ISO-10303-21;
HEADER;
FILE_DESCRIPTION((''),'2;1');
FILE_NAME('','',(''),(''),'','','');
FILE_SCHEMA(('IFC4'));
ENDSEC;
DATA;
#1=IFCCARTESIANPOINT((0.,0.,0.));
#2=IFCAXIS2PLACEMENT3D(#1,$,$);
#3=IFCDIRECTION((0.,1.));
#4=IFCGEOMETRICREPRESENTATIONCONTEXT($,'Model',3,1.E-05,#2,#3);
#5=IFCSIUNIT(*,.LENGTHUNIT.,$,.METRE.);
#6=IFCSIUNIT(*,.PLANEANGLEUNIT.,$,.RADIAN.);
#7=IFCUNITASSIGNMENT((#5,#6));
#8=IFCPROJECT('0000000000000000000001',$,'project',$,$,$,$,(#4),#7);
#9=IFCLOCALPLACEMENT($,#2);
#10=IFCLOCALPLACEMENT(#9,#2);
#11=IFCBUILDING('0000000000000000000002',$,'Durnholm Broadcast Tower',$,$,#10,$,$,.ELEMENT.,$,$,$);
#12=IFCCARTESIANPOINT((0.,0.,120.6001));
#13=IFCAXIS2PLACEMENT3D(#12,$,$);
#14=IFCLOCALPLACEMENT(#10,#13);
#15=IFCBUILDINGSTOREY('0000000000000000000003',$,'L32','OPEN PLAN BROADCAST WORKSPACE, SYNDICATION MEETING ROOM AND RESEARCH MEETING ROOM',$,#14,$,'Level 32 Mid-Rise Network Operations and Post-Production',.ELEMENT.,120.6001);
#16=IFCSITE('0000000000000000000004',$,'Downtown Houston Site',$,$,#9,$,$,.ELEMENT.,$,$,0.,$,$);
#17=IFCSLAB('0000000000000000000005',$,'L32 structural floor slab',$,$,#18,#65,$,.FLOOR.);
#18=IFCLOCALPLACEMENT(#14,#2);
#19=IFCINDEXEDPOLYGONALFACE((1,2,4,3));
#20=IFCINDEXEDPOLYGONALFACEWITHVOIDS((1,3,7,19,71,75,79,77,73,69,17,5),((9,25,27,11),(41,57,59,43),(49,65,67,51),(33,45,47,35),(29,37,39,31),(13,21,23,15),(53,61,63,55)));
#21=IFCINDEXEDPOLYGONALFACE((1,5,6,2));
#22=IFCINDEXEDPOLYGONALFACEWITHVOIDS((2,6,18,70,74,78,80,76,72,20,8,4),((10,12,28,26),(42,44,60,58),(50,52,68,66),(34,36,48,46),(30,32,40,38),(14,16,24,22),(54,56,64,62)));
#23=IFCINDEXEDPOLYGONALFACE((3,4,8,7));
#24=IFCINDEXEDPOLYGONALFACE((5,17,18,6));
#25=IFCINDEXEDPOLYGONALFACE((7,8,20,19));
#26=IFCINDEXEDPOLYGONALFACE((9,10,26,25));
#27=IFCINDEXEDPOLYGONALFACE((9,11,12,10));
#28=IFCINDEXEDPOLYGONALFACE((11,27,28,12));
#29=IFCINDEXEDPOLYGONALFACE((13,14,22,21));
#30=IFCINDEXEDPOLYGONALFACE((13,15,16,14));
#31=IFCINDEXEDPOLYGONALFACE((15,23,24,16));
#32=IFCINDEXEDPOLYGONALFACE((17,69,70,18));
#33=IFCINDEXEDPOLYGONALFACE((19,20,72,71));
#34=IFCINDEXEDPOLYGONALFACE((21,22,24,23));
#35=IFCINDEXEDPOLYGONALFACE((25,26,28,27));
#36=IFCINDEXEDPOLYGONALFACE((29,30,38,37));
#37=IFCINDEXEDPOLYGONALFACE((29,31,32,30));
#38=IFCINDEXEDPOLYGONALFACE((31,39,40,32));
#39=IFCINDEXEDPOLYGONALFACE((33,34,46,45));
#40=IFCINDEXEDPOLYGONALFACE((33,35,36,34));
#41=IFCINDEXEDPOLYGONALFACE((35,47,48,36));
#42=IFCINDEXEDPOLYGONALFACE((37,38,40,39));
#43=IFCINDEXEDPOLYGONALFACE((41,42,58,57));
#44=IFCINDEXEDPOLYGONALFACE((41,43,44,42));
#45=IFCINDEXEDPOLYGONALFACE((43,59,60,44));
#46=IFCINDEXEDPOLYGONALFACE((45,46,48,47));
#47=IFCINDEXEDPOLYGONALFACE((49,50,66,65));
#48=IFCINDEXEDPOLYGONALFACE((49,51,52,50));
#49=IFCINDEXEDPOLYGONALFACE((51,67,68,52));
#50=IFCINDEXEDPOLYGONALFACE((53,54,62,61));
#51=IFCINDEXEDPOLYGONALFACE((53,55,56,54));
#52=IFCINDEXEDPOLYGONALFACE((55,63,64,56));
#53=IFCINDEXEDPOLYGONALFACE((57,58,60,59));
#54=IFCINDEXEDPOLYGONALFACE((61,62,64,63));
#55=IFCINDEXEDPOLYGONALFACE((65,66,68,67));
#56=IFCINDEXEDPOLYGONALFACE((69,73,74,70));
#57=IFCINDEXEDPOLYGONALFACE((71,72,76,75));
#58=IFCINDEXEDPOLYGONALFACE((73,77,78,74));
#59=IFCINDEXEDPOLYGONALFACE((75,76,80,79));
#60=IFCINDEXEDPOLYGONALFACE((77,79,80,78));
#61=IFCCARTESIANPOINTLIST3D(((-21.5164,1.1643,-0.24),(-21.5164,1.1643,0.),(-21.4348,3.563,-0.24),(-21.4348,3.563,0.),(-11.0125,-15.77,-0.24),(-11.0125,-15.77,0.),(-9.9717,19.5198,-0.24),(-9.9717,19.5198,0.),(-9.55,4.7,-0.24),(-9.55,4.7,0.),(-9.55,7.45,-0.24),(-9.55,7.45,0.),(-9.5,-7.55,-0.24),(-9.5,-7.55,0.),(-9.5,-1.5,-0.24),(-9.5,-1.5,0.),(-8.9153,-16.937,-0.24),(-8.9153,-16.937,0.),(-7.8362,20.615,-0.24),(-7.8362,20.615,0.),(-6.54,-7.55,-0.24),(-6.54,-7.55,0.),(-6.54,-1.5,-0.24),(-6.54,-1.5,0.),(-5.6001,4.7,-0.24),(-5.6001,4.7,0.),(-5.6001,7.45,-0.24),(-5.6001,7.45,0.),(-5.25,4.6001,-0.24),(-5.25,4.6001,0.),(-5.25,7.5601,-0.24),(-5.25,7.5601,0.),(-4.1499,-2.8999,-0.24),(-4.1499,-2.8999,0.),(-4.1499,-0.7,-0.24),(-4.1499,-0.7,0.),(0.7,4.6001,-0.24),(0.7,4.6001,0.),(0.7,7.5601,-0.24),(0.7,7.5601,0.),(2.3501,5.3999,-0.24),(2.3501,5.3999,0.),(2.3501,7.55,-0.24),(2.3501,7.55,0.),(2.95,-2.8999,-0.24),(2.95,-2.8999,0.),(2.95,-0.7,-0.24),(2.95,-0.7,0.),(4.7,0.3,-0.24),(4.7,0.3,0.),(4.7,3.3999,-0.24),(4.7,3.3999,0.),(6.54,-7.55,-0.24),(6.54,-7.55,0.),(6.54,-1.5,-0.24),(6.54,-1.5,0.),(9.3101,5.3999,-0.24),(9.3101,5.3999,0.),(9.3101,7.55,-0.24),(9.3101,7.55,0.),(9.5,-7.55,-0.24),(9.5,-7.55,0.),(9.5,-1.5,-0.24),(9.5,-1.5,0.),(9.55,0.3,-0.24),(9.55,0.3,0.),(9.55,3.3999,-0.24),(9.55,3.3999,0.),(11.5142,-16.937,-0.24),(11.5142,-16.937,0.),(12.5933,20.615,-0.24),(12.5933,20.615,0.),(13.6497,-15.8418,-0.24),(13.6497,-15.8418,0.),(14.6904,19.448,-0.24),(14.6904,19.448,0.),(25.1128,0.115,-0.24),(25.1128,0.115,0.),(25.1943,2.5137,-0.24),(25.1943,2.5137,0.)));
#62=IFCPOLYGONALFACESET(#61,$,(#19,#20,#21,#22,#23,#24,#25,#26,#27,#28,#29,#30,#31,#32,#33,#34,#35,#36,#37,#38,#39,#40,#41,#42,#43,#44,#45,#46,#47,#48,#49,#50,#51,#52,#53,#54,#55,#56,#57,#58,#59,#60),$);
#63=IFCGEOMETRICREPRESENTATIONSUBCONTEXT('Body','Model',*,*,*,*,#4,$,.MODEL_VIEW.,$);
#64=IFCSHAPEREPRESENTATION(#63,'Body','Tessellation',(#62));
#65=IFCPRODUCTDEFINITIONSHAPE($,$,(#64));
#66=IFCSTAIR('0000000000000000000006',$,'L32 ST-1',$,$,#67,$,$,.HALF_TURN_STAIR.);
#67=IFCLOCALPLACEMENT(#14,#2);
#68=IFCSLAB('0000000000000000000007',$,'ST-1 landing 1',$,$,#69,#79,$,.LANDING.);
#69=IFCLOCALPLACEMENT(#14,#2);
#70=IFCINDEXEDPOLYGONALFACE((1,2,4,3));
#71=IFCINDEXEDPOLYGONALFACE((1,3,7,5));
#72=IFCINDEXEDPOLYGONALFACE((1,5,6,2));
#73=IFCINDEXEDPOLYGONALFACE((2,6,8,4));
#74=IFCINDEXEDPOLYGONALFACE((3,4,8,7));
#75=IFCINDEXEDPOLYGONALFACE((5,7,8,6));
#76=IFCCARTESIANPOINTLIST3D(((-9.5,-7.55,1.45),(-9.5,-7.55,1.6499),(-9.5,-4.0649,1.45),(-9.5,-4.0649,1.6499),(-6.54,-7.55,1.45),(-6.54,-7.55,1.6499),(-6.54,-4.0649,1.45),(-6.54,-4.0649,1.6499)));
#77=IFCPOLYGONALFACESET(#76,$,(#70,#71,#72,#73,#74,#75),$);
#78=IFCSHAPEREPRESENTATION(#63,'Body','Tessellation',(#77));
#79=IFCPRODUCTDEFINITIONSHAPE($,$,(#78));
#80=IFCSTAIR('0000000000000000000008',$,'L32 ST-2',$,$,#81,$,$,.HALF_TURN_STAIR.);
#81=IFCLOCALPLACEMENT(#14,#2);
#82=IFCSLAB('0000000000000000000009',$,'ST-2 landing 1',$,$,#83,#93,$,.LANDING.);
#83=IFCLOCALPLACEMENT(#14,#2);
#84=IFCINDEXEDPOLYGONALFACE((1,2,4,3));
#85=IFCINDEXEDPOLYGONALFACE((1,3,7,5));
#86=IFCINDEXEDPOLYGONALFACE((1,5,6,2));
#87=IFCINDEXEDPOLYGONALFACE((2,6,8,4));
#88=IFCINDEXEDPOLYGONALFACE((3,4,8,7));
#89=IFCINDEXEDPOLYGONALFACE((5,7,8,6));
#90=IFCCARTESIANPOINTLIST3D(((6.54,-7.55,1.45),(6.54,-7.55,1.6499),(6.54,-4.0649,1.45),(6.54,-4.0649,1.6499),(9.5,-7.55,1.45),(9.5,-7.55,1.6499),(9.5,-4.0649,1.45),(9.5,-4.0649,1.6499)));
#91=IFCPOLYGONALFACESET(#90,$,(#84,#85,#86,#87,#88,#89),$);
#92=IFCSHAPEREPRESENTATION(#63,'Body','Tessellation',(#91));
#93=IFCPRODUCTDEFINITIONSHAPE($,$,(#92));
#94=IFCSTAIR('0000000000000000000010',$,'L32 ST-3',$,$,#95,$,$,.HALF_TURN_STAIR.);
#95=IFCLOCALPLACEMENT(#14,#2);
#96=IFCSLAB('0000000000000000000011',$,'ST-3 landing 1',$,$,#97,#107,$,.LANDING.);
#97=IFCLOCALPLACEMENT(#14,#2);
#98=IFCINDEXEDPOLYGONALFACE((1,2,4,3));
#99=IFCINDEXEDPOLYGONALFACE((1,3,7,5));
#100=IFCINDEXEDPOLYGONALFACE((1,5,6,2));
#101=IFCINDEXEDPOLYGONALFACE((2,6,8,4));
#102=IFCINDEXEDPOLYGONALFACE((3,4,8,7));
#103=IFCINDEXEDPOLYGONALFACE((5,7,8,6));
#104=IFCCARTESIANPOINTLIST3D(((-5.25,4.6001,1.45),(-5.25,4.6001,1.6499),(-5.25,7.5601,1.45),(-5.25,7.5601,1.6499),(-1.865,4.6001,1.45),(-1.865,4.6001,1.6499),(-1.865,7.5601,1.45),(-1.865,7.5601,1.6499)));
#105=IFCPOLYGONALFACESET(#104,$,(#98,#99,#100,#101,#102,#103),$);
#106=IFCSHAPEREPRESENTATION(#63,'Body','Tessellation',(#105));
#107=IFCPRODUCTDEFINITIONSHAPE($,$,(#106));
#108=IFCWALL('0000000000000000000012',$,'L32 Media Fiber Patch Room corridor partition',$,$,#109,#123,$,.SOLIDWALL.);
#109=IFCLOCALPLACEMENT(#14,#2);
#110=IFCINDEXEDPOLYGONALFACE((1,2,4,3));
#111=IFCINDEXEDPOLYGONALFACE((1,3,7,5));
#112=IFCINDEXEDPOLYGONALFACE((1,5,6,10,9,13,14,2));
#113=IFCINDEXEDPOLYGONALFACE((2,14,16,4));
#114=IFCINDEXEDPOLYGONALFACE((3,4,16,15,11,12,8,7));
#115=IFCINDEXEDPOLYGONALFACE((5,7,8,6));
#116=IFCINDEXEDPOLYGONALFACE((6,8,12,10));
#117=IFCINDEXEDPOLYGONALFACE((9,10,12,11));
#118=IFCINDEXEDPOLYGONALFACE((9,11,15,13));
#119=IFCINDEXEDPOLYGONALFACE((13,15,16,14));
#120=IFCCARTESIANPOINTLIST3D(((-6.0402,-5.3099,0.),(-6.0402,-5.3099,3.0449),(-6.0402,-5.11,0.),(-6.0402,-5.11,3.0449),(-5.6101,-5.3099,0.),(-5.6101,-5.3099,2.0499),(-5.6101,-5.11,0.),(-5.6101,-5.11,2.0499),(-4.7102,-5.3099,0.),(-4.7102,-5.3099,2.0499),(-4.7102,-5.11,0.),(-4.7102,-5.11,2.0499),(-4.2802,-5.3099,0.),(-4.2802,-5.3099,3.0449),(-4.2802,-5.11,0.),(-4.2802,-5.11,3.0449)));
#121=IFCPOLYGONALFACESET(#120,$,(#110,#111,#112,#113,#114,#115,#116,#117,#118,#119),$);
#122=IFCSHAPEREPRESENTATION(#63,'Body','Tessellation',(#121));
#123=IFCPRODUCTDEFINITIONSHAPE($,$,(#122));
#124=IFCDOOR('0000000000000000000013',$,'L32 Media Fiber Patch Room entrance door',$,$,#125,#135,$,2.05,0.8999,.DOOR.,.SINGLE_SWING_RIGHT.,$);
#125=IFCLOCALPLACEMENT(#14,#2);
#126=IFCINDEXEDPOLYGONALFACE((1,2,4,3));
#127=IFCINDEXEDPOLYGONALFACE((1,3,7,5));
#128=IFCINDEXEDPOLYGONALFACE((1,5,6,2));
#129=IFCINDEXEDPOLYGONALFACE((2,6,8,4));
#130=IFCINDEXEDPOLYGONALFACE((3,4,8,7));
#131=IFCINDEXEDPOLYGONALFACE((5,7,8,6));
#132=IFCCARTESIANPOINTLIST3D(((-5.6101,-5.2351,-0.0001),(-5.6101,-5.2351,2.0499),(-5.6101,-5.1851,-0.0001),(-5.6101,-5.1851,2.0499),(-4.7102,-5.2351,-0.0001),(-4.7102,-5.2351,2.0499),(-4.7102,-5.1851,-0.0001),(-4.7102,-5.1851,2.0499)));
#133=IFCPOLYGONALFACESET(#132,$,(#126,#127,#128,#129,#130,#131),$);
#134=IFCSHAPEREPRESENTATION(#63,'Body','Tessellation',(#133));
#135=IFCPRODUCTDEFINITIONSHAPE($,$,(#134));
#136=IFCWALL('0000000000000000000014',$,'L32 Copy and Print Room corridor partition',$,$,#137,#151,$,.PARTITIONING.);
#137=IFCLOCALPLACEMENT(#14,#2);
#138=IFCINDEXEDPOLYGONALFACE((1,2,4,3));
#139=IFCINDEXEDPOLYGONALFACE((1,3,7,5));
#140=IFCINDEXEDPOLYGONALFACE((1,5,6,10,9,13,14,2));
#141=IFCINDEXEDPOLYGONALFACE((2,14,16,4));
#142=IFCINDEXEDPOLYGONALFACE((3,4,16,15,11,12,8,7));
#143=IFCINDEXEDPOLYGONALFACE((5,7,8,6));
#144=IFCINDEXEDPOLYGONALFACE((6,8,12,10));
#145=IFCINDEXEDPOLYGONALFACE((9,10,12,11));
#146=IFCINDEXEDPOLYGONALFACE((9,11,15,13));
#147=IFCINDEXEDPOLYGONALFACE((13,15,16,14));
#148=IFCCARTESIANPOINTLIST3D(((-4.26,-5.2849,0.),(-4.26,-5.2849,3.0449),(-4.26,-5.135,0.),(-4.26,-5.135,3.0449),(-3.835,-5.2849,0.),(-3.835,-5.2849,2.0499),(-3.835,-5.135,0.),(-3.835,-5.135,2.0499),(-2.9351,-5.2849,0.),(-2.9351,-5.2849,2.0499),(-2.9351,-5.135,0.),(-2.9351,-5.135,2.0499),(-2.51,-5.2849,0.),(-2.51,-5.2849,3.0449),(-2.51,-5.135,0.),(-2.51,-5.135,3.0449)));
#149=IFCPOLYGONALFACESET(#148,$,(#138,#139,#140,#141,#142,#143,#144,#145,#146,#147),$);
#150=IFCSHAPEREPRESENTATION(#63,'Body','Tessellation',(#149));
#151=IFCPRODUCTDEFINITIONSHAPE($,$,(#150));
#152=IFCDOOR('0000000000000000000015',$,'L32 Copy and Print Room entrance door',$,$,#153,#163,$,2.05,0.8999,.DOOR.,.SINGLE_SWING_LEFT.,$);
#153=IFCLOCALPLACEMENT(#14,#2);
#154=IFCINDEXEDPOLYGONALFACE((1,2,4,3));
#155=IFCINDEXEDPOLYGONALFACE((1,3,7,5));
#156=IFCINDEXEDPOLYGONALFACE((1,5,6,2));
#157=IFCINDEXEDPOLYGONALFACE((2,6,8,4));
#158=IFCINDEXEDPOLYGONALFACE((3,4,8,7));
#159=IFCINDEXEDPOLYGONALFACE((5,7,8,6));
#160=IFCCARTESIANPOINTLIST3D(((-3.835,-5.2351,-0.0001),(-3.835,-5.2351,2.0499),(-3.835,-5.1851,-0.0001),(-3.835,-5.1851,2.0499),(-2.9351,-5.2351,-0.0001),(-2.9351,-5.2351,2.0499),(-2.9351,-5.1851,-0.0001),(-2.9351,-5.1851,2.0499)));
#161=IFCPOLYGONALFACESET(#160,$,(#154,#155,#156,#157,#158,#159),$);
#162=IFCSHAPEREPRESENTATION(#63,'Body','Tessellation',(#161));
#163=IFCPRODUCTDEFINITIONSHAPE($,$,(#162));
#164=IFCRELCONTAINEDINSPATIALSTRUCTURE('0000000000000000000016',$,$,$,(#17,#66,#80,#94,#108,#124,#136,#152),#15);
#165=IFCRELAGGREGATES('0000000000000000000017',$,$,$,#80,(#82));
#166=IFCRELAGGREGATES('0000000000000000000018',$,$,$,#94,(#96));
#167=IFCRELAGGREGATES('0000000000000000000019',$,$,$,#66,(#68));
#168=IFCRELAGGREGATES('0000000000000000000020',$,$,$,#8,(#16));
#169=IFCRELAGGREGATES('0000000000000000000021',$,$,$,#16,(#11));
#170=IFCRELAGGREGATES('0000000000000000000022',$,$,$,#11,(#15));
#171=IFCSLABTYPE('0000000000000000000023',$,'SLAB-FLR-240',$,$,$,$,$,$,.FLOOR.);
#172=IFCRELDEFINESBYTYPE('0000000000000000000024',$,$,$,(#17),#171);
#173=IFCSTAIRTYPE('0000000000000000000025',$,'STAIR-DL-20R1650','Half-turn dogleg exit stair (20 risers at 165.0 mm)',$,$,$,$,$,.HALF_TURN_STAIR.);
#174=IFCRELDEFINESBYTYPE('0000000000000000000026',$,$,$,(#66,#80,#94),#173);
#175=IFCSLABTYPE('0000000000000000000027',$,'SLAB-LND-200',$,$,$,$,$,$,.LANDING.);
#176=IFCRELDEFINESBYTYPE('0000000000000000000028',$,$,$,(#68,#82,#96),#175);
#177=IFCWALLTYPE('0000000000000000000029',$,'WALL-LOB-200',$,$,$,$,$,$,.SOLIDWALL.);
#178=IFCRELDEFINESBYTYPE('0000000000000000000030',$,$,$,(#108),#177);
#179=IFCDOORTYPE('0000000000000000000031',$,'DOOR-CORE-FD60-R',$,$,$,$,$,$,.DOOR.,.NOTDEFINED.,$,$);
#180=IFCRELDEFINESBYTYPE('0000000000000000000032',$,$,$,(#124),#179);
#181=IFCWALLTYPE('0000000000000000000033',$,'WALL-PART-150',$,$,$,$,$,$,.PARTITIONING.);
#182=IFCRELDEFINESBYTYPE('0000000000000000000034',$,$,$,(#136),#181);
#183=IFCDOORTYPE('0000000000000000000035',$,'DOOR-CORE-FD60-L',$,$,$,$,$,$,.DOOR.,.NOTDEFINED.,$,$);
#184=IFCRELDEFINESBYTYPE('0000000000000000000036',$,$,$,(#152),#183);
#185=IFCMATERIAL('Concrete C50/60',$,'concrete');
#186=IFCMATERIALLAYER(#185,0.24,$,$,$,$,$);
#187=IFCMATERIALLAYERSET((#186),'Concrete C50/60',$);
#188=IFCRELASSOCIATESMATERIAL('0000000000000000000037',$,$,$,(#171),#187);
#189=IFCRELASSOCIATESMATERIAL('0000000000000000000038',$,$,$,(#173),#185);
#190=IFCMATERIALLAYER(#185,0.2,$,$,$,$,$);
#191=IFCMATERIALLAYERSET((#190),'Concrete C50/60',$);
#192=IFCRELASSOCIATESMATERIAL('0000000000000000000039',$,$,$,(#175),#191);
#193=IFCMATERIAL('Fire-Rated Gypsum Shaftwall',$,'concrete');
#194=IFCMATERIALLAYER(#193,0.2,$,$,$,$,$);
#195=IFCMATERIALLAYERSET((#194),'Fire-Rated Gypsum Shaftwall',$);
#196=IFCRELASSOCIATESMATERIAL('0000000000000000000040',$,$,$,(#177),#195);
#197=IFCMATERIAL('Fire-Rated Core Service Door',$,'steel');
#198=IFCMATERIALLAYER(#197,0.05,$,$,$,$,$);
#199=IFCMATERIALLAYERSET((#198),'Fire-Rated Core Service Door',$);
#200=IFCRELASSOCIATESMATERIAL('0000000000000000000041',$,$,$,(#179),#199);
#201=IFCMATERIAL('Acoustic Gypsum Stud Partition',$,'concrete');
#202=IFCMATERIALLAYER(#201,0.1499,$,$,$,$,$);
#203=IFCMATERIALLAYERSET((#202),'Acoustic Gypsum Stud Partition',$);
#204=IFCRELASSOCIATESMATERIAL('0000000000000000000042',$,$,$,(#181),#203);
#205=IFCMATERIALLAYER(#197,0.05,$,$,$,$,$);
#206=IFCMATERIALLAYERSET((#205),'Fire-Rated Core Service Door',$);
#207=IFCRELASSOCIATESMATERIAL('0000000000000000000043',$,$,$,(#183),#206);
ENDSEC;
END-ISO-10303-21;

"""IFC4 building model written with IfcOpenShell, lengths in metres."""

from ifc_helpers import new_model, si_unit, direction, frame, frame_2d, origin, place, context, subcontext, project, spatial, polyline, rectangle, outline, extrude, source, transform, mapped, material, layer, layer_set, type_object, type_shapes, element, fill, aggregate, save


model = new_model("IFC4")

# Units and contexts
model_context = context("Model", 3, precision=1e-05, world=origin(), true_north=direction((0.0, 1.0)))
body_context = subcontext(model_context, "Body", "Model", "MODEL_VIEW")
ifc_project = project(units=[si_unit("LENGTHUNIT", "METRE"), si_unit("PLANEANGLEUNIT", "RADIAN")], contexts=[model_context])

# Site, building, storey
site_placement = place(None, origin())
site = spatial("IfcSite", under=ifc_project, at=site_placement, Name="Downtown Houston Site", CompositionType="ELEMENT", RefElevation=0.0)
building_placement = place(site_placement, origin())
building = spatial("IfcBuilding", under=site, at=building_placement, Name="Durnholm Broadcast Tower", CompositionType="ELEMENT")
storey_placement = place(building_placement, frame((0.0, 0.0, 120.6001)))
storey = spatial("IfcBuildingStorey", under=building, at=storey_placement, Name="L32", Description="OPEN PLAN BROADCAST WORKSPACE, SYNDICATION MEETING ROOM AND RESEARCH MEETING ROOM", LongName="Level 32 Mid-Rise Network Operations and Post-Production", CompositionType="ELEMENT", Elevation=120.6001)

# Slab
ifc_material_1 = material(Name="Concrete C50/60", Category="concrete")
ifc_layer_1 = layer(ifc_material_1, 0.24)
ifc_layer_set_1 = layer_set([ifc_layer_1], Name="Concrete C50/60")
slab_type_1 = type_object("IfcSlabType", Name="SLAB-FLR-240", PredefinedType="FLOOR", material=ifc_layer_set_1)
slab_1_placement = place(storey_placement, frame((0.0, 0.0, -0.24)))
element("IfcSlab", 1, at=slab_1_placement, inside=storey, type_object=slab_type_1, Name="L32 structural floor slab", PredefinedType="FLOOR", context=body_context, shape_type="SweptSolid", body=[
    extrude(outline(polyline([(-11.0125, -15.77), (-8.9153, -16.937), (11.5142, -16.937), (13.6497, -15.8418), (25.1128, 0.115), (25.1943, 2.5137), (14.6904, 19.448), (12.5933, 20.615), (-7.8362, 20.615), (-9.9717, 19.5198), (-21.4348, 3.563), (-21.5164, 1.1643), (-11.0125, -15.77)]), holes=[polyline([(-6.54, -1.5), (-9.5, -1.5), (-9.5, -7.55), (-6.54, -7.55), (-6.54, -1.5)]), polyline([(9.5, -7.55), (9.5, -1.5), (6.54, -1.5), (6.54, -7.55), (9.5, -7.55)]), polyline([(2.95, -0.7), (-4.1499, -0.7), (-4.1499, -2.8999), (2.95, -2.8999), (2.95, -0.7)]), polyline([(9.55, 3.3999), (4.7, 3.3999), (4.7, 0.3), (9.55, 0.3), (9.55, 3.3999)]), polyline([(-5.6001, 7.45), (-9.55, 7.45), (-9.55, 4.7), (-5.6001, 4.7), (-5.6001, 7.45)]), polyline([(-5.25, 4.6001), (0.7, 4.6001), (0.7, 7.5601), (-5.25, 7.5601), (-5.25, 4.6001)]), polyline([(9.3101, 7.55), (2.3501, 7.55), (2.3501, 5.3999), (9.3101, 5.3999), (9.3101, 7.55)])]), origin(), (0.0, 0.0, 1.0), 0.24),
])

# Stairs, slabs
stair_type = type_object("IfcStairType", Name="STAIR-DL-20R1650", Description="Half-turn dogleg exit stair (20 risers at 165.0 mm)", PredefinedType="HALF_TURN_STAIR", material=ifc_material_1)
stair_1_placement = place(storey_placement, origin())
stair_1 = element("IfcStair", 2, at=stair_1_placement, inside=storey, type_object=stair_type, Name="L32 ST-1", PredefinedType="HALF_TURN_STAIR")
ifc_layer_2 = layer(ifc_material_1, 0.2)
ifc_layer_set_2 = layer_set([ifc_layer_2], Name="Concrete C50/60")
slab_type_2 = type_object("IfcSlabType", Name="SLAB-LND-200", PredefinedType="LANDING", material=ifc_layer_set_2)
slab_2_placement = place(storey_placement, frame((0.0, 0.0, 1.45)))
slab_2 = element("IfcSlab", 3, at=slab_2_placement, type_object=slab_type_2, Name="ST-1 landing 1", PredefinedType="LANDING", context=body_context, shape_type="SweptSolid", body=[
    extrude(outline(polyline([(-9.5, -4.0649), (-9.5, -7.55), (-6.54, -7.55), (-6.54, -4.0649), (-9.5, -4.0649)])), origin(), (0.0, 0.0, 1.0), 0.2),
])
stair_2_placement = place(storey_placement, origin())
stair_2 = element("IfcStair", 4, at=stair_2_placement, inside=storey, type_object=stair_type, Name="L32 ST-2", PredefinedType="HALF_TURN_STAIR")
slab_3_placement = place(storey_placement, frame((0.0, 0.0, 1.45)))
slab_3 = element("IfcSlab", 5, at=slab_3_placement, type_object=slab_type_2, Name="ST-2 landing 1", PredefinedType="LANDING", context=body_context, shape_type="SweptSolid", body=[
    extrude(outline(polyline([(6.54, -4.0649), (6.54, -7.55), (9.5, -7.55), (9.5, -4.0649), (6.54, -4.0649)])), origin(), (0.0, 0.0, 1.0), 0.2),
])
aggregate(stair_2, [slab_3])
stair_3_placement = place(storey_placement, origin())
stair_3 = element("IfcStair", 6, at=stair_3_placement, inside=storey, type_object=stair_type, Name="L32 ST-3", PredefinedType="HALF_TURN_STAIR")
slab_4_placement = place(storey_placement, frame((0.0, 0.0, 1.45)))
slab_4 = element("IfcSlab", 7, at=slab_4_placement, type_object=slab_type_2, Name="ST-3 landing 1", PredefinedType="LANDING", context=body_context, shape_type="SweptSolid", body=[
    extrude(outline(polyline([(-1.865, 7.5601), (-5.25, 7.5601), (-5.25, 4.6001), (-1.865, 4.6001), (-1.865, 7.5601)])), origin(), (0.0, 0.0, 1.0), 0.2),
])
aggregate(stair_3, [slab_4])

# Walls, openings, doors
ifc_material_2 = material(Name="Fire-Rated Gypsum Shaftwall", Category="concrete")
ifc_layer_3 = layer(ifc_material_2, 0.2)
ifc_layer_set_3 = layer_set([ifc_layer_3], Name="Fire-Rated Gypsum Shaftwall")
wall_type_1 = type_object("IfcWallType", Name="WALL-LOB-200", PredefinedType="SOLIDWALL", material=ifc_layer_set_3)
wall_1_placement = place(storey_placement, frame((-6.04, -5.21, 0.0), z_axis=(0.0, 0.0, 1.0), x_axis=(1.0, 0.0, 0.0)))
wall_1 = element("IfcWall", 8, at=wall_1_placement, inside=storey, type_object=wall_type_1, Name="L32 Media Fiber Patch Room corridor partition", PredefinedType="SOLIDWALL", context=body_context, shape_type="SweptSolid", body=[
    extrude(rectangle(XDim=1.76, YDim=0.2, at=frame_2d((0.8799, 0.0))), origin(), (0.0, 0.0, 1.0), 3.0449),
])
opening_1_placement = place(wall_1_placement, frame((0.4299, 0.0, 0.0)))
opening_1 = element("IfcOpeningElement", 9, at=opening_1_placement, cuts=wall_1, PredefinedType="OPENING", context=body_context, shape_type="SweptSolid", body=[
    extrude(rectangle(XDim=0.8999, YDim=2.05, at=frame_2d((0.45, 1.0249))), frame((0.0, 0.1099, 0.0), z_axis=(0.0, -1.0, 0.0), x_axis=(1.0, 0.0, 0.0)), (0.0, 0.0, 1.0), 0.22),
])
ifc_material_3 = material(Name="Fire-Rated Core Service Door", Category="steel")
ifc_layer_4 = layer(ifc_material_3, 0.05)
ifc_layer_set_4 = layer_set([ifc_layer_4], Name="Fire-Rated Core Service Door")
door_type_1 = type_object("IfcDoorType", Name="DOOR-CORE-FD60-R", OperationType="NOTDEFINED", PredefinedType="DOOR", material=ifc_layer_set_4)
shared_shape_1 = source(origin(), body_context, "Body", "SweptSolid", [
    extrude(rectangle(XDim=0.8999, YDim=2.05, at=frame_2d((0.45, 1.0249))), frame((0.0, 0.0249, 0.0), z_axis=(0.0, -1.0, 0.0), x_axis=(1.0, 0.0, 0.0)), (0.0, 0.0, 1.0), 0.05),
])
type_shapes(door_type_1, [shared_shape_1])
door_1_placement = place(opening_1_placement, origin())
door_1 = element("IfcDoor", 10, at=door_1_placement, inside=storey, type_object=door_type_1, Name="L32 Media Fiber Patch Room entrance door", OperationType="SINGLE_SWING_RIGHT", OverallHeight=2.05, OverallWidth=0.8999, PredefinedType="DOOR", context=body_context, shape_type="MappedRepresentation", body=[
    mapped(shared_shape_1, transform((0.0, 0.0, 0.0), x_axis=(1.0, 0.0, 0.0), y_axis=(0.0, 1.0, 0.0), z_axis=(0.0, 0.0, 1.0), scale=1.0)),
])
fill(opening_1, door_1)
ifc_material_4 = material(Name="Acoustic Gypsum Stud Partition", Category="concrete")
ifc_layer_5 = layer(ifc_material_4, 0.1499)
ifc_layer_set_5 = layer_set([ifc_layer_5], Name="Acoustic Gypsum Stud Partition")
wall_type_2 = type_object("IfcWallType", Name="WALL-PART-150", PredefinedType="PARTITIONING", material=ifc_layer_set_5)
wall_2_placement = place(storey_placement, frame((-4.26, -5.21, 0.0), z_axis=(0.0, 0.0, 1.0), x_axis=(1.0, 0.0, 0.0)))
wall_2 = element("IfcWall", 11, at=wall_2_placement, inside=storey, type_object=wall_type_2, Name="L32 Copy and Print Room corridor partition", PredefinedType="PARTITIONING", context=body_context, shape_type="SweptSolid", body=[
    extrude(rectangle(XDim=1.75, YDim=0.1499, at=frame_2d((0.875, 0.0))), origin(), (0.0, 0.0, 1.0), 3.0449),
])
opening_2_placement = place(wall_2_placement, frame((0.425, 0.0, 0.0)))
opening_2 = element("IfcOpeningElement", 12, at=opening_2_placement, cuts=wall_2, PredefinedType="OPENING", context=body_context, shape_type="SweptSolid", body=[
    extrude(rectangle(XDim=0.8999, YDim=2.05, at=frame_2d((0.45, 1.0249))), frame((0.0, 0.085, 0.0), z_axis=(0.0, -1.0, 0.0), x_axis=(1.0, 0.0, 0.0)), (0.0, 0.0, 1.0), 0.1699),
])
ifc_layer_6 = layer(ifc_material_3, 0.05)
ifc_layer_set_6 = layer_set([ifc_layer_6], Name="Fire-Rated Core Service Door")
door_type_2 = type_object("IfcDoorType", Name="DOOR-CORE-FD60-L", OperationType="NOTDEFINED", PredefinedType="DOOR", material=ifc_layer_set_6)
shared_shape_2 = source(origin(), body_context, "Body", "SweptSolid", [
    extrude(rectangle(XDim=0.8999, YDim=2.05, at=frame_2d((0.45, 1.0249))), frame((0.0, 0.0249, 0.0), z_axis=(0.0, -1.0, 0.0), x_axis=(1.0, 0.0, 0.0)), (0.0, 0.0, 1.0), 0.05),
])
type_shapes(door_type_2, [shared_shape_2])
door_2_placement = place(opening_2_placement, origin())
door_2 = element("IfcDoor", 13, at=door_2_placement, inside=storey, type_object=door_type_2, Name="L32 Copy and Print Room entrance door", OperationType="SINGLE_SWING_LEFT", OverallHeight=2.05, OverallWidth=0.8999, PredefinedType="DOOR", context=body_context, shape_type="MappedRepresentation", body=[
    mapped(shared_shape_2, transform((0.0, 0.0, 0.0), x_axis=(1.0, 0.0, 0.0), y_axis=(0.0, 1.0, 0.0), z_axis=(0.0, 0.0, 1.0), scale=1.0)),
])
fill(opening_2, door_2)

aggregate(stair_1, [slab_2])

save(model, "model.ifc")
